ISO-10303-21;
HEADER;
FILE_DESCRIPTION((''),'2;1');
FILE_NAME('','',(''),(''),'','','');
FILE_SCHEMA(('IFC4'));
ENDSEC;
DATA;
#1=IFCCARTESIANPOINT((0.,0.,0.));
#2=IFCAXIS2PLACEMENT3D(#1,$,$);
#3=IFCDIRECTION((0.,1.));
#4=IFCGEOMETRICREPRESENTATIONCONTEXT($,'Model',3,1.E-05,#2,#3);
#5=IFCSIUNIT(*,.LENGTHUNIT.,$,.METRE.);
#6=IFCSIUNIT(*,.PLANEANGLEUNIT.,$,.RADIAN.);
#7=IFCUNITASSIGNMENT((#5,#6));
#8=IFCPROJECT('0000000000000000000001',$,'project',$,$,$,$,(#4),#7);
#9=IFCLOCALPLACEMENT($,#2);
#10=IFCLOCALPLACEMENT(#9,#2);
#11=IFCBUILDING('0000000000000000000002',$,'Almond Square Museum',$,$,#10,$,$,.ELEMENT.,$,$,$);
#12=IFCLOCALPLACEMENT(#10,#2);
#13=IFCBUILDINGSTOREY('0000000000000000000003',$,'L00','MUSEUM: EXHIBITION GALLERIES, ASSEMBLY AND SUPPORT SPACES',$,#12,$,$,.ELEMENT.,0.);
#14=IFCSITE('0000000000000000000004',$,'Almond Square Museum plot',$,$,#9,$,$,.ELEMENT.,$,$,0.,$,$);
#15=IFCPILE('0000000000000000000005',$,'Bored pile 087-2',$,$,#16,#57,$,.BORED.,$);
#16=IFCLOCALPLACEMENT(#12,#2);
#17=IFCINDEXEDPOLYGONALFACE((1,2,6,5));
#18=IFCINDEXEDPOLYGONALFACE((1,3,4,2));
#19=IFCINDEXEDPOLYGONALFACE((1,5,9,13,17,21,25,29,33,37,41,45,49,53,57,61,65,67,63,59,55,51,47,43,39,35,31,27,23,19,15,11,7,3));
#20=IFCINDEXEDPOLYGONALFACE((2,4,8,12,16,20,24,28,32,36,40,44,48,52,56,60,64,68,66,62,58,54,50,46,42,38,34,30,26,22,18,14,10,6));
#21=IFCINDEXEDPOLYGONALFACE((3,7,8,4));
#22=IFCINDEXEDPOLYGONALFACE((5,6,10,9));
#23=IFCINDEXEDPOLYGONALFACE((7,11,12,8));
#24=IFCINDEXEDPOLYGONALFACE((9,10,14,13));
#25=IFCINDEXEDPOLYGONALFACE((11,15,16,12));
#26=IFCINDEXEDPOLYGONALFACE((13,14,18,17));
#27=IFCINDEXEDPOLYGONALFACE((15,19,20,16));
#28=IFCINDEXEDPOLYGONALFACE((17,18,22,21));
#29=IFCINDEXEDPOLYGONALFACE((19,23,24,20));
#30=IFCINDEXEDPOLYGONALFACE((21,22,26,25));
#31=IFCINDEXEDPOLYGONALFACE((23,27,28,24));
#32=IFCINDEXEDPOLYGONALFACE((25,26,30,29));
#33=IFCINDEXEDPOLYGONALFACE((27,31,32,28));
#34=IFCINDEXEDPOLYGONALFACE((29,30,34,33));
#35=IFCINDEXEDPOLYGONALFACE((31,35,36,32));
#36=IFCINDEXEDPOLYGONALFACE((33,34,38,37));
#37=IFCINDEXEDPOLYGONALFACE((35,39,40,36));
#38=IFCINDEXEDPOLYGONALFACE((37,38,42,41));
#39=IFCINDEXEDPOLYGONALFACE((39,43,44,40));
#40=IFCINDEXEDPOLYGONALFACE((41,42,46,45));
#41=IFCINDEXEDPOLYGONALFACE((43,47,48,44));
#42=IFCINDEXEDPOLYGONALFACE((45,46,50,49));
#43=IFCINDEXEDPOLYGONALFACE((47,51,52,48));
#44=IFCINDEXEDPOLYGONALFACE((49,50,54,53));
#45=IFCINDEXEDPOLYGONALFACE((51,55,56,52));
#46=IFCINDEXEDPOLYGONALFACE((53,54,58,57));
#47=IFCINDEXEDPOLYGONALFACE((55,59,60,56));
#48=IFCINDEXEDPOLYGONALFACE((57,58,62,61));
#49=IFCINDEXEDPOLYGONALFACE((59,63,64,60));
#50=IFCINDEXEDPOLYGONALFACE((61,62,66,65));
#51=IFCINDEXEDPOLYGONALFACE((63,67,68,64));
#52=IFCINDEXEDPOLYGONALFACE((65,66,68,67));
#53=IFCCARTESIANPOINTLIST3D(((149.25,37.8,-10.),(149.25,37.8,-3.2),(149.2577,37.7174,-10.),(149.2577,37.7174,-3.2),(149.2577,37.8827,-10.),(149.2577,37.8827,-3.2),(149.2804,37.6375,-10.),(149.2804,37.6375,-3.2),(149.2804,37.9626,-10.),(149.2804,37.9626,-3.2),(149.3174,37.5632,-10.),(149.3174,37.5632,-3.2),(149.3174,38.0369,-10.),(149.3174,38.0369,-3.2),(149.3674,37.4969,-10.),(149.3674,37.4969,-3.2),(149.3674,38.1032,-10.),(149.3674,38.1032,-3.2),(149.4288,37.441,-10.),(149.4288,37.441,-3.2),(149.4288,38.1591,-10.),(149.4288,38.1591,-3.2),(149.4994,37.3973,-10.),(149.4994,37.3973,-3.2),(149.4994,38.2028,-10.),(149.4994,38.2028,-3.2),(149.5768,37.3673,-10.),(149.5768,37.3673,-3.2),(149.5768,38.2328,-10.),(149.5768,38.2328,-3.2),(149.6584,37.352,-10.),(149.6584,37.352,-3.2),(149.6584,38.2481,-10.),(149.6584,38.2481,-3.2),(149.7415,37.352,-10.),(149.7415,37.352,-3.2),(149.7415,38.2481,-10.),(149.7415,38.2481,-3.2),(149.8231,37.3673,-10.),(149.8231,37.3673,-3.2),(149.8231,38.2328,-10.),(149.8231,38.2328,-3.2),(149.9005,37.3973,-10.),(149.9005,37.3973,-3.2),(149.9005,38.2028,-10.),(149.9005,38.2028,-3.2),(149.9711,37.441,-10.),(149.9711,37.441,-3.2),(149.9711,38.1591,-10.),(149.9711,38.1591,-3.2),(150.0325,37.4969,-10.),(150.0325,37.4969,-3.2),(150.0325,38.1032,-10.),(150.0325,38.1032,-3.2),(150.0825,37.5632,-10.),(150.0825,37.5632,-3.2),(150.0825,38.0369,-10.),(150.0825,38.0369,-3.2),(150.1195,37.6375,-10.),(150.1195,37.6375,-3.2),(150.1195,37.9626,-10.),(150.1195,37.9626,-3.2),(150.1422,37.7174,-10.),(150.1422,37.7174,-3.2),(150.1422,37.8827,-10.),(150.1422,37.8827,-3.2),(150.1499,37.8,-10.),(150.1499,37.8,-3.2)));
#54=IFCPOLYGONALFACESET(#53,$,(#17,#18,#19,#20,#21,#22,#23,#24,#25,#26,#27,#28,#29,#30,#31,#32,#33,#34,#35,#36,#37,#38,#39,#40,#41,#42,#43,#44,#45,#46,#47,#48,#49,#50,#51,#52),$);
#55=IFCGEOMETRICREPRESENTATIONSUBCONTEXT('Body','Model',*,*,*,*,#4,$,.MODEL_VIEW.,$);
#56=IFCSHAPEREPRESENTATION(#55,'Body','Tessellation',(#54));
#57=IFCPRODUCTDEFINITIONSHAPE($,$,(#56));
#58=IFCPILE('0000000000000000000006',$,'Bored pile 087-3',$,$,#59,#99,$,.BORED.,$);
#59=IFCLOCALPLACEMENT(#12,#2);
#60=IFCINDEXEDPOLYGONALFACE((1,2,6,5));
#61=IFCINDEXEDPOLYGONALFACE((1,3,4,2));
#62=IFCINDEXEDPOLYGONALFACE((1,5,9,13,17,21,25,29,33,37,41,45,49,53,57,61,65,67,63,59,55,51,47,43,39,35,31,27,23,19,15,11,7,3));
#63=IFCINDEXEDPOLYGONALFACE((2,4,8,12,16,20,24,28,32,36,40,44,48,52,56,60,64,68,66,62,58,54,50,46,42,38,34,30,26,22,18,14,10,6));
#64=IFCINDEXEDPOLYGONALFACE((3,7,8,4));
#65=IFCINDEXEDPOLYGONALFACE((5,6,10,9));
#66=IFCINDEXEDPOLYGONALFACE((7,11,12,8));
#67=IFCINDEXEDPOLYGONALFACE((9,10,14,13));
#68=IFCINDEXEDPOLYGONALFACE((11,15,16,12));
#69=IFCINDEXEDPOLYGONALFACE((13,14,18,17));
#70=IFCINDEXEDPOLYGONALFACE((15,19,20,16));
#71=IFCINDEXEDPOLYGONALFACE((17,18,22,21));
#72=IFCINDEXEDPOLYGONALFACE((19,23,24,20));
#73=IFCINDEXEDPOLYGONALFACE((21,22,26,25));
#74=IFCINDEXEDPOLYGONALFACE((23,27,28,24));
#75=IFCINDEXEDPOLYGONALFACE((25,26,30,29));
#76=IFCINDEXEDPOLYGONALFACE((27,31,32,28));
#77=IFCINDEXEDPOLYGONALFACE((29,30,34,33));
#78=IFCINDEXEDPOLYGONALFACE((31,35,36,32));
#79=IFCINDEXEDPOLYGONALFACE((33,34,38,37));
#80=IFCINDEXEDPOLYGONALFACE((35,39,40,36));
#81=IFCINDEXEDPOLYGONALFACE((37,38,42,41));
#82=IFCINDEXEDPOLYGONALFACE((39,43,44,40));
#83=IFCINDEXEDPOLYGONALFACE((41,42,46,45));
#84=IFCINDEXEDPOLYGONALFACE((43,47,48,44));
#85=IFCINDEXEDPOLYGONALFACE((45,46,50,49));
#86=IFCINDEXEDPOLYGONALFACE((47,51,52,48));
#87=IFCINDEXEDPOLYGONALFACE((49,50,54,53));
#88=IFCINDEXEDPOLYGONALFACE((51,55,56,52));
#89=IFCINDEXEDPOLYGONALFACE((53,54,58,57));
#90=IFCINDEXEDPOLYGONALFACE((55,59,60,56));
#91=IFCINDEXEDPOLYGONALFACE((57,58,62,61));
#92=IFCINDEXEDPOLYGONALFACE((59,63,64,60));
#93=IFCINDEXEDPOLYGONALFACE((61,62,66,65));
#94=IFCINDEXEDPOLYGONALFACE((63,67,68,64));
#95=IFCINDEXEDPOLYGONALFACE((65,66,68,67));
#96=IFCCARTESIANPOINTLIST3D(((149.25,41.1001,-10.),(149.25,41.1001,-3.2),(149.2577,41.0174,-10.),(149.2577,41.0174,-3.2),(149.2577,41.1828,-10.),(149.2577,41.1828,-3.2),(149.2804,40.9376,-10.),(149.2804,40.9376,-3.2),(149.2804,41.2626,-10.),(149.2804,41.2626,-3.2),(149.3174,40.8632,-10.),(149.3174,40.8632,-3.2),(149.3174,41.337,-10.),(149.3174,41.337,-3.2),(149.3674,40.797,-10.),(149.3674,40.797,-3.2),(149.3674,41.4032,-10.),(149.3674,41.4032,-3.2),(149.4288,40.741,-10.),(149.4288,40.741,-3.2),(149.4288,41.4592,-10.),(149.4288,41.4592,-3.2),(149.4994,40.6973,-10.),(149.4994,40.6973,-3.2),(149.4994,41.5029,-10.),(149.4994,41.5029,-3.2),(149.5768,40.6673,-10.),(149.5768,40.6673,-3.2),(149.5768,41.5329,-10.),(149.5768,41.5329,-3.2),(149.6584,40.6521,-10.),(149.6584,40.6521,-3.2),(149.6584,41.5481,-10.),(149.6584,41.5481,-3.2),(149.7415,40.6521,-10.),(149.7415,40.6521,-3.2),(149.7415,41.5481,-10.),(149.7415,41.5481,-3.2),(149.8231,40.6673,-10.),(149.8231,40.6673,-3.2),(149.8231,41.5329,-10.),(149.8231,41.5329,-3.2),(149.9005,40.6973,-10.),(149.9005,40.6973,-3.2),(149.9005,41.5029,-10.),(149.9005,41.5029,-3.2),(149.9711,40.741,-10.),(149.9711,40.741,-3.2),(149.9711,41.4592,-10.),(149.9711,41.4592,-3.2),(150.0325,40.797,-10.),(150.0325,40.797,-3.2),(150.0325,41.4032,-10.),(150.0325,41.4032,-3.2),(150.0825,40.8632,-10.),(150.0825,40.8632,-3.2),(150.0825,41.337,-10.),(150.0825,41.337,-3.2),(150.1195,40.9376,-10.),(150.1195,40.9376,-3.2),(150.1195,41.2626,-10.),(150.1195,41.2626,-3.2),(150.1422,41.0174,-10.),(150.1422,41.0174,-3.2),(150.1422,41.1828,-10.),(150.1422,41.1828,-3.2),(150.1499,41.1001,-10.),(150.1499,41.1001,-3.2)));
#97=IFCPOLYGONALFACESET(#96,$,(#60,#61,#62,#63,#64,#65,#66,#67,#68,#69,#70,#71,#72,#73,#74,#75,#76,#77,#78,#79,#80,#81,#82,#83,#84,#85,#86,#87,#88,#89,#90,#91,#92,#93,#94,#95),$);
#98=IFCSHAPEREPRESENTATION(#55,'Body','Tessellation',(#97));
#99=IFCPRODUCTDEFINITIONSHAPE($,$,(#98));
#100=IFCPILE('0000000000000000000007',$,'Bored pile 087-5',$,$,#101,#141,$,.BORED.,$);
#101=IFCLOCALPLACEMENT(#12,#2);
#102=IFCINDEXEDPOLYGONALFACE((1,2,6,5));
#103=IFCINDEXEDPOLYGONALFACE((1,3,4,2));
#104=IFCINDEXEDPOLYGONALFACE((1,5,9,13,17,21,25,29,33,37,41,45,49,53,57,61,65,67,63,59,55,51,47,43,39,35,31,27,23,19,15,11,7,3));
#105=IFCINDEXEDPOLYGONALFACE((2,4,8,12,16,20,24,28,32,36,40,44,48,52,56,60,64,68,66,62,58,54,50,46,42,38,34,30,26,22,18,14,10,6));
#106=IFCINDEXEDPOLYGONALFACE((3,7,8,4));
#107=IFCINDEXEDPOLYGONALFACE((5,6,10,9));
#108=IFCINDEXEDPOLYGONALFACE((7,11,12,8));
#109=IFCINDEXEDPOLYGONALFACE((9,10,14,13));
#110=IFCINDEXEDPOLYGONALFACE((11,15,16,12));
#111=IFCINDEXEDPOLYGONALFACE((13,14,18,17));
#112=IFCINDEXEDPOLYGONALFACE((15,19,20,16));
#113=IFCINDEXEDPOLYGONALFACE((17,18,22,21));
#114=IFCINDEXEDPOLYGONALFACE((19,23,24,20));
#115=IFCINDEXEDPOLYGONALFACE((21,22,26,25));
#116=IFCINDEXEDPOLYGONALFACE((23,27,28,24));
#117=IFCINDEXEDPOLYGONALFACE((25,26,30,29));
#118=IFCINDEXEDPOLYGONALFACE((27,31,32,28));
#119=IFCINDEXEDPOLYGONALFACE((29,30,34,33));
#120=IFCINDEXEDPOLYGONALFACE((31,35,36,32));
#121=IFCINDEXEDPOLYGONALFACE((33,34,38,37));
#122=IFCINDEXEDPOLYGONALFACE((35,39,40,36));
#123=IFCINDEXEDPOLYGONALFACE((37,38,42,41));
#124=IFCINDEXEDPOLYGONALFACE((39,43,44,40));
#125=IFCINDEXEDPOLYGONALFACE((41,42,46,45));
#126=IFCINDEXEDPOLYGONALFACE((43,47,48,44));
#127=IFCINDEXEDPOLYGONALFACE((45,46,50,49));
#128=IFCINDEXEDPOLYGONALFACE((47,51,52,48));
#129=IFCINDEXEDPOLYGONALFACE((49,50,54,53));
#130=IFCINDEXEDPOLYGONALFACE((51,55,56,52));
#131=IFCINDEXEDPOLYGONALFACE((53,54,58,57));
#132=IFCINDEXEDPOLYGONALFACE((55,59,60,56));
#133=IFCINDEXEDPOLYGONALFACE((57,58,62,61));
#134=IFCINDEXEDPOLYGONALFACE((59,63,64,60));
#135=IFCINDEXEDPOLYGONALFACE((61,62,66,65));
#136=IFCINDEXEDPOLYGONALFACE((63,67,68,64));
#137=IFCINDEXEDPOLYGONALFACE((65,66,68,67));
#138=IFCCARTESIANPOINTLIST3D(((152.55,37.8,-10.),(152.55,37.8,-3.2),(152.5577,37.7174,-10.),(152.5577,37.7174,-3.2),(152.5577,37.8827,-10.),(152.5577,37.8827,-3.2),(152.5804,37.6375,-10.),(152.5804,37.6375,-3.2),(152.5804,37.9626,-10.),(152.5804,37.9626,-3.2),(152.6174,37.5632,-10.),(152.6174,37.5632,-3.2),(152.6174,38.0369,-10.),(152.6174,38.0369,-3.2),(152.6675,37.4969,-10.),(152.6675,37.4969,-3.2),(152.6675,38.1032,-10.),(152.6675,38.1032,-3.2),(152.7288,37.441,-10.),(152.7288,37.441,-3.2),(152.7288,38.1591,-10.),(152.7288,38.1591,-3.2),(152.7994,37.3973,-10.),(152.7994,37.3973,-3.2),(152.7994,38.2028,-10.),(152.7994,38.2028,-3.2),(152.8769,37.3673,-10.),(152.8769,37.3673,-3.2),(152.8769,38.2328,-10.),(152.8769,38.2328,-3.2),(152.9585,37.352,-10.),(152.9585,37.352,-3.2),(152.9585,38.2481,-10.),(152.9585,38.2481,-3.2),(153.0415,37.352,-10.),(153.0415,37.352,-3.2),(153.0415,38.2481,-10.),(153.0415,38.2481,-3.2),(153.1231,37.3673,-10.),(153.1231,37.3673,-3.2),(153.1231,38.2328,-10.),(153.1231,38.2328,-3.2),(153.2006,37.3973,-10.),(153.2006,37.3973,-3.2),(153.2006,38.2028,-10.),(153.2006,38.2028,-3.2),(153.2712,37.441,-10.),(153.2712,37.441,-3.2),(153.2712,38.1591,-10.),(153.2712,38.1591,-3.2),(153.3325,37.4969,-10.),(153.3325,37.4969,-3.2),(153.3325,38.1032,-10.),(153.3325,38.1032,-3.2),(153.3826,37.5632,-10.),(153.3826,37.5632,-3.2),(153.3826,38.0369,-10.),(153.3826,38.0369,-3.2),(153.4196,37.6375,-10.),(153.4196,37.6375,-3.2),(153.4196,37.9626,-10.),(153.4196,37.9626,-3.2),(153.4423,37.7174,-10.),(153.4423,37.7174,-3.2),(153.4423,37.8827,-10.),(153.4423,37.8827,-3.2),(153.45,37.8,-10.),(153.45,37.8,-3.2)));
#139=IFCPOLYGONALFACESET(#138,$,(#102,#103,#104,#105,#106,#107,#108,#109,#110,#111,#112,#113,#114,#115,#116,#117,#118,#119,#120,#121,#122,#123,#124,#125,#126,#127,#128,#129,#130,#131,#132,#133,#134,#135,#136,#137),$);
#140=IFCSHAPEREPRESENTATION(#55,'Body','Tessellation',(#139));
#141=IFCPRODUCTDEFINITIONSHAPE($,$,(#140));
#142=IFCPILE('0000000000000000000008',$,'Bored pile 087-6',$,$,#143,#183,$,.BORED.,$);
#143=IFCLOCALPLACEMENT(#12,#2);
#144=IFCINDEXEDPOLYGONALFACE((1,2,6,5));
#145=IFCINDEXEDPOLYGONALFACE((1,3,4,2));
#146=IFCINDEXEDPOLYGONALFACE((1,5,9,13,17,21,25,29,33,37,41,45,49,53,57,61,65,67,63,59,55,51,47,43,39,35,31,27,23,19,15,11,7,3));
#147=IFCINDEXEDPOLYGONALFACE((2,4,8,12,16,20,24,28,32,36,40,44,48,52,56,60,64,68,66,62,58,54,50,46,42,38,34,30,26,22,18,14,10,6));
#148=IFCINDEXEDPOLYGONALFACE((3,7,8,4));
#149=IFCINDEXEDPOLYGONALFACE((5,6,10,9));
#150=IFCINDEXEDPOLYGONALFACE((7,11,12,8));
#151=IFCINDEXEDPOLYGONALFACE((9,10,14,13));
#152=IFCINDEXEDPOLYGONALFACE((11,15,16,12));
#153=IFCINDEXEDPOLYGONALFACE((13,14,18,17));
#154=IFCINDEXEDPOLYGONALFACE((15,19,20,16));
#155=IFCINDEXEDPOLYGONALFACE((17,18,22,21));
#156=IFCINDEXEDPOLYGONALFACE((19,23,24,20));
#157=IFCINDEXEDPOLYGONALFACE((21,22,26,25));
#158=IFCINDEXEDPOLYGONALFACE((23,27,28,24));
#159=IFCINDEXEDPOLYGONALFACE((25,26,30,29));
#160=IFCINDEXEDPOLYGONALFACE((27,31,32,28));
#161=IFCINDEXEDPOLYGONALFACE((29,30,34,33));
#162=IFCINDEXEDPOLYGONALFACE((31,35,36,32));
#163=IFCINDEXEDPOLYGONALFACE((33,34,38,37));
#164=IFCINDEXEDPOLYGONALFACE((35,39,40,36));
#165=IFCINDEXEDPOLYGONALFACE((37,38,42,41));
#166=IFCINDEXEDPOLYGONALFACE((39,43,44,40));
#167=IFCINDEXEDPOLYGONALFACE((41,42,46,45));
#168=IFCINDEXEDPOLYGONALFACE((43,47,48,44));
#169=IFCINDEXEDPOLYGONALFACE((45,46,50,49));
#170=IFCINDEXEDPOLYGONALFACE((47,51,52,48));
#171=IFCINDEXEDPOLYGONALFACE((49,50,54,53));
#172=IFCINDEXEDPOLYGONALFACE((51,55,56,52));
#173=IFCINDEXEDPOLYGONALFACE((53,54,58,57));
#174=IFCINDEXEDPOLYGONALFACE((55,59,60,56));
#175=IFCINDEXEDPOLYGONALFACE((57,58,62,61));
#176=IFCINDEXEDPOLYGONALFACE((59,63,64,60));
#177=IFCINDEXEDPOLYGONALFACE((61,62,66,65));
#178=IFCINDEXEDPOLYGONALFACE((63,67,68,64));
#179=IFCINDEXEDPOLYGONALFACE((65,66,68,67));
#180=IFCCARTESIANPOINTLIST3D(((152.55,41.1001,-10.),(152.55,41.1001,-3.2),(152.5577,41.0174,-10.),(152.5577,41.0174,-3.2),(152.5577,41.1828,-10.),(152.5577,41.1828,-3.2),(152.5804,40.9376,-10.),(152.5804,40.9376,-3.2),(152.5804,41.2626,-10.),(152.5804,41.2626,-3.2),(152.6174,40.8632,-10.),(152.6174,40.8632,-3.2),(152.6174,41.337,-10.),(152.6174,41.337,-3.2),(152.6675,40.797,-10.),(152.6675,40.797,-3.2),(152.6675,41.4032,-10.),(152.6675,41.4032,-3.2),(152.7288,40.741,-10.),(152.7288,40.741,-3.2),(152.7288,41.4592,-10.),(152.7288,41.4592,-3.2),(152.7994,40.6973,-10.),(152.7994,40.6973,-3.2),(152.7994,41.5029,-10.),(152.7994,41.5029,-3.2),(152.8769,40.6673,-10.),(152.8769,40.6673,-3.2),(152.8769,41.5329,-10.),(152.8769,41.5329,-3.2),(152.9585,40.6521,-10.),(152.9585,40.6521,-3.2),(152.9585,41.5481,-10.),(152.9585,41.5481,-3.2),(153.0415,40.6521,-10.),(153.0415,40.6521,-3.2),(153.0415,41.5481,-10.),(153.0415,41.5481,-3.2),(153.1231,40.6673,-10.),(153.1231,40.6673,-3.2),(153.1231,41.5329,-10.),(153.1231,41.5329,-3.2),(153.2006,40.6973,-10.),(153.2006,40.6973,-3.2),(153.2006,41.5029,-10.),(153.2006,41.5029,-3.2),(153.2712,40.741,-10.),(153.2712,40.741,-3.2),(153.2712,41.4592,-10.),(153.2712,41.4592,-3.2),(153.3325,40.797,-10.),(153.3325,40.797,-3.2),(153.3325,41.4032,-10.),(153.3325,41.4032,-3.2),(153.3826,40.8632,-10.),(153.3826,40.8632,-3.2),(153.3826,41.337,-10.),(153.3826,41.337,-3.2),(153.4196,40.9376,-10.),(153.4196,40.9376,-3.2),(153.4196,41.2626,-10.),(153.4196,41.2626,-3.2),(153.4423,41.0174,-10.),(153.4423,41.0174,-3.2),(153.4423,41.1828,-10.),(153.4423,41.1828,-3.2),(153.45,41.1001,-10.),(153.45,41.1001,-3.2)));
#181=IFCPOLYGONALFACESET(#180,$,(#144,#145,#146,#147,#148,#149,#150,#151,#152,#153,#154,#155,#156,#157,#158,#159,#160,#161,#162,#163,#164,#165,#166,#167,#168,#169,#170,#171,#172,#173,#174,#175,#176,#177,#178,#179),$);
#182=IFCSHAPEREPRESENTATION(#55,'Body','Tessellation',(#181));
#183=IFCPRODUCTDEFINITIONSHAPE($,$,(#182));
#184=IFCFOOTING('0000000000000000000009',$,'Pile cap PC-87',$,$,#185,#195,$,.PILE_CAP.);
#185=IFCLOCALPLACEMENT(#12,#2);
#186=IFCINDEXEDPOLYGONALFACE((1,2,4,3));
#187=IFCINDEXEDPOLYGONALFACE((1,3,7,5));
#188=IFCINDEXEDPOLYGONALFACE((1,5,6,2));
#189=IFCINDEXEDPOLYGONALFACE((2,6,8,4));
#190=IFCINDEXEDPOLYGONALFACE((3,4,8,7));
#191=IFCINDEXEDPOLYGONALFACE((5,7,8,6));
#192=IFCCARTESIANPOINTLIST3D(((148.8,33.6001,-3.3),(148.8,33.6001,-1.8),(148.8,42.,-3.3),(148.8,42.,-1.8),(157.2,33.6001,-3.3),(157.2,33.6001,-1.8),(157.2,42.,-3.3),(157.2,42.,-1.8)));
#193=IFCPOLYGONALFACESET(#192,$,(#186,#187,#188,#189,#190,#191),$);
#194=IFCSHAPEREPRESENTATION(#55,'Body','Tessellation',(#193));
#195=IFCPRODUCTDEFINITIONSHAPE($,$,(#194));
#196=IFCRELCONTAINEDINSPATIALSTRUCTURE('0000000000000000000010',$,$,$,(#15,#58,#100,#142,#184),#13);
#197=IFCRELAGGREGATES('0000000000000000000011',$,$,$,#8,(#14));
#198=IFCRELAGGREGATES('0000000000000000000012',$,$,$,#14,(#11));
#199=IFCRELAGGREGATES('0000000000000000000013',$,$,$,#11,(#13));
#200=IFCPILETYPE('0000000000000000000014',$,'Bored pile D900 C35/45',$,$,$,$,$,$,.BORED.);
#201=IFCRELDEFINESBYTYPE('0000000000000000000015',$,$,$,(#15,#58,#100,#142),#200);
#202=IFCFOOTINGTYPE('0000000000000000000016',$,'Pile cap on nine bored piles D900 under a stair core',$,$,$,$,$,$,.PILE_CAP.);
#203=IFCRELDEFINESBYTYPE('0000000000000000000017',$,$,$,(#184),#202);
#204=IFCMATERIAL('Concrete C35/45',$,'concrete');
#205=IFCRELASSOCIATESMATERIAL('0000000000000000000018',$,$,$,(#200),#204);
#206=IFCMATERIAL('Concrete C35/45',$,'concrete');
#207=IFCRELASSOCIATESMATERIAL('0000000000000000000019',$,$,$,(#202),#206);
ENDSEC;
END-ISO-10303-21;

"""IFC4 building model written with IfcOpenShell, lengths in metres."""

from ifc_helpers import new_model, si_unit, direction, frame, origin, origin_2d, place, context, subcontext, project, spatial, rectangle, circle, extrude, material, material_profile, profile_set, type_object, element, save


model = new_model("IFC4")

# Units and contexts
model_context = context("Model", 3, precision=1e-05, world=origin(), true_north=direction((0.0, 1.0)))
body_context = subcontext(model_context, "Body", "Model", "MODEL_VIEW")
ifc_project = project(units=[si_unit("LENGTHUNIT", "METRE"), si_unit("PLANEANGLEUNIT", "RADIAN")], contexts=[model_context])

# Site, building, storey
site_placement = place(None, origin())
site = spatial("IfcSite", under=ifc_project, at=site_placement, Name="Almond Square Museum plot", CompositionType="ELEMENT", RefElevation=0.0)
building_placement = place(site_placement, origin())
building = spatial("IfcBuilding", under=site, at=building_placement, Name="Almond Square Museum", CompositionType="ELEMENT")
storey_placement = place(building_placement, origin())
storey = spatial("IfcBuildingStorey", under=building, at=storey_placement, Name="L00", Description="MUSEUM: EXHIBITION GALLERIES, ASSEMBLY AND SUPPORT SPACES", CompositionType="ELEMENT", Elevation=0.0)

# Piles
ifc_material_1 = material(Name="Concrete C35/45", Category="concrete")
ifc_material_profile_1 = material_profile(ifc_material_1, circle(Radius=0.45, at=origin_2d()))
ifc_profile_set_1 = profile_set([ifc_material_profile_1], Name="Concrete C35/45")
pile_type = type_object("IfcPileType", Name="Bored pile D900 C35/45", PredefinedType="BORED", material=ifc_profile_set_1)
for number, where, z_axis, x_axis, name in (
    (1, (149.7, 37.8, -3.2), (0.0, 0.0, -1.0), (1.0, 0.0, 0.0), "Bored pile 087-2"),
    (2, (149.7, 41.1001, -3.2), (0.0, 0.0, -1.0), (1.0, 0.0, 0.0), "Bored pile 087-3"),
    (3, (153.0, 37.8, -3.2), (0.0, 0.0, -1.0), (1.0, 0.0, 0.0), "Bored pile 087-5"),
    (4, (153.0, 41.1001, -3.2), (0.0, 0.0, -1.0), (1.0, 0.0, 0.0), "Bored pile 087-6"),
):
    element("IfcPile", number, at=place(storey_placement, frame(where, z_axis=z_axis, x_axis=x_axis)), inside=storey, type_object=pile_type, Name=name, PredefinedType="BORED", context=body_context, shape_type="SweptSolid", body=[
        extrude(circle(Radius=0.45, at=origin_2d()), origin(), (0.0, 0.0, 1.0), 6.8),
    ])

# Footing
ifc_material_2 = material(Name="Concrete C35/45", Category="concrete")
footing_type = type_object("IfcFootingType", Name="Pile cap on nine bored piles D900 under a stair core", PredefinedType="PILE_CAP", material=ifc_material_2)
footing_placement = place(storey_placement, frame((153.0, 37.8, -3.3), z_axis=(0.0, 0.0, 1.0), x_axis=(1.0, 0.0, 0.0)))
element("IfcFooting", 5, at=footing_placement, inside=storey, type_object=footing_type, Name="Pile cap PC-87", PredefinedType="PILE_CAP", context=body_context, shape_type="SweptSolid", body=[
    extrude(rectangle(XDim=8.3999, YDim=8.3999, at=origin_2d()), origin(), (0.0, 0.0, 1.0), 1.5),
])

save(model, "model.ifc")
